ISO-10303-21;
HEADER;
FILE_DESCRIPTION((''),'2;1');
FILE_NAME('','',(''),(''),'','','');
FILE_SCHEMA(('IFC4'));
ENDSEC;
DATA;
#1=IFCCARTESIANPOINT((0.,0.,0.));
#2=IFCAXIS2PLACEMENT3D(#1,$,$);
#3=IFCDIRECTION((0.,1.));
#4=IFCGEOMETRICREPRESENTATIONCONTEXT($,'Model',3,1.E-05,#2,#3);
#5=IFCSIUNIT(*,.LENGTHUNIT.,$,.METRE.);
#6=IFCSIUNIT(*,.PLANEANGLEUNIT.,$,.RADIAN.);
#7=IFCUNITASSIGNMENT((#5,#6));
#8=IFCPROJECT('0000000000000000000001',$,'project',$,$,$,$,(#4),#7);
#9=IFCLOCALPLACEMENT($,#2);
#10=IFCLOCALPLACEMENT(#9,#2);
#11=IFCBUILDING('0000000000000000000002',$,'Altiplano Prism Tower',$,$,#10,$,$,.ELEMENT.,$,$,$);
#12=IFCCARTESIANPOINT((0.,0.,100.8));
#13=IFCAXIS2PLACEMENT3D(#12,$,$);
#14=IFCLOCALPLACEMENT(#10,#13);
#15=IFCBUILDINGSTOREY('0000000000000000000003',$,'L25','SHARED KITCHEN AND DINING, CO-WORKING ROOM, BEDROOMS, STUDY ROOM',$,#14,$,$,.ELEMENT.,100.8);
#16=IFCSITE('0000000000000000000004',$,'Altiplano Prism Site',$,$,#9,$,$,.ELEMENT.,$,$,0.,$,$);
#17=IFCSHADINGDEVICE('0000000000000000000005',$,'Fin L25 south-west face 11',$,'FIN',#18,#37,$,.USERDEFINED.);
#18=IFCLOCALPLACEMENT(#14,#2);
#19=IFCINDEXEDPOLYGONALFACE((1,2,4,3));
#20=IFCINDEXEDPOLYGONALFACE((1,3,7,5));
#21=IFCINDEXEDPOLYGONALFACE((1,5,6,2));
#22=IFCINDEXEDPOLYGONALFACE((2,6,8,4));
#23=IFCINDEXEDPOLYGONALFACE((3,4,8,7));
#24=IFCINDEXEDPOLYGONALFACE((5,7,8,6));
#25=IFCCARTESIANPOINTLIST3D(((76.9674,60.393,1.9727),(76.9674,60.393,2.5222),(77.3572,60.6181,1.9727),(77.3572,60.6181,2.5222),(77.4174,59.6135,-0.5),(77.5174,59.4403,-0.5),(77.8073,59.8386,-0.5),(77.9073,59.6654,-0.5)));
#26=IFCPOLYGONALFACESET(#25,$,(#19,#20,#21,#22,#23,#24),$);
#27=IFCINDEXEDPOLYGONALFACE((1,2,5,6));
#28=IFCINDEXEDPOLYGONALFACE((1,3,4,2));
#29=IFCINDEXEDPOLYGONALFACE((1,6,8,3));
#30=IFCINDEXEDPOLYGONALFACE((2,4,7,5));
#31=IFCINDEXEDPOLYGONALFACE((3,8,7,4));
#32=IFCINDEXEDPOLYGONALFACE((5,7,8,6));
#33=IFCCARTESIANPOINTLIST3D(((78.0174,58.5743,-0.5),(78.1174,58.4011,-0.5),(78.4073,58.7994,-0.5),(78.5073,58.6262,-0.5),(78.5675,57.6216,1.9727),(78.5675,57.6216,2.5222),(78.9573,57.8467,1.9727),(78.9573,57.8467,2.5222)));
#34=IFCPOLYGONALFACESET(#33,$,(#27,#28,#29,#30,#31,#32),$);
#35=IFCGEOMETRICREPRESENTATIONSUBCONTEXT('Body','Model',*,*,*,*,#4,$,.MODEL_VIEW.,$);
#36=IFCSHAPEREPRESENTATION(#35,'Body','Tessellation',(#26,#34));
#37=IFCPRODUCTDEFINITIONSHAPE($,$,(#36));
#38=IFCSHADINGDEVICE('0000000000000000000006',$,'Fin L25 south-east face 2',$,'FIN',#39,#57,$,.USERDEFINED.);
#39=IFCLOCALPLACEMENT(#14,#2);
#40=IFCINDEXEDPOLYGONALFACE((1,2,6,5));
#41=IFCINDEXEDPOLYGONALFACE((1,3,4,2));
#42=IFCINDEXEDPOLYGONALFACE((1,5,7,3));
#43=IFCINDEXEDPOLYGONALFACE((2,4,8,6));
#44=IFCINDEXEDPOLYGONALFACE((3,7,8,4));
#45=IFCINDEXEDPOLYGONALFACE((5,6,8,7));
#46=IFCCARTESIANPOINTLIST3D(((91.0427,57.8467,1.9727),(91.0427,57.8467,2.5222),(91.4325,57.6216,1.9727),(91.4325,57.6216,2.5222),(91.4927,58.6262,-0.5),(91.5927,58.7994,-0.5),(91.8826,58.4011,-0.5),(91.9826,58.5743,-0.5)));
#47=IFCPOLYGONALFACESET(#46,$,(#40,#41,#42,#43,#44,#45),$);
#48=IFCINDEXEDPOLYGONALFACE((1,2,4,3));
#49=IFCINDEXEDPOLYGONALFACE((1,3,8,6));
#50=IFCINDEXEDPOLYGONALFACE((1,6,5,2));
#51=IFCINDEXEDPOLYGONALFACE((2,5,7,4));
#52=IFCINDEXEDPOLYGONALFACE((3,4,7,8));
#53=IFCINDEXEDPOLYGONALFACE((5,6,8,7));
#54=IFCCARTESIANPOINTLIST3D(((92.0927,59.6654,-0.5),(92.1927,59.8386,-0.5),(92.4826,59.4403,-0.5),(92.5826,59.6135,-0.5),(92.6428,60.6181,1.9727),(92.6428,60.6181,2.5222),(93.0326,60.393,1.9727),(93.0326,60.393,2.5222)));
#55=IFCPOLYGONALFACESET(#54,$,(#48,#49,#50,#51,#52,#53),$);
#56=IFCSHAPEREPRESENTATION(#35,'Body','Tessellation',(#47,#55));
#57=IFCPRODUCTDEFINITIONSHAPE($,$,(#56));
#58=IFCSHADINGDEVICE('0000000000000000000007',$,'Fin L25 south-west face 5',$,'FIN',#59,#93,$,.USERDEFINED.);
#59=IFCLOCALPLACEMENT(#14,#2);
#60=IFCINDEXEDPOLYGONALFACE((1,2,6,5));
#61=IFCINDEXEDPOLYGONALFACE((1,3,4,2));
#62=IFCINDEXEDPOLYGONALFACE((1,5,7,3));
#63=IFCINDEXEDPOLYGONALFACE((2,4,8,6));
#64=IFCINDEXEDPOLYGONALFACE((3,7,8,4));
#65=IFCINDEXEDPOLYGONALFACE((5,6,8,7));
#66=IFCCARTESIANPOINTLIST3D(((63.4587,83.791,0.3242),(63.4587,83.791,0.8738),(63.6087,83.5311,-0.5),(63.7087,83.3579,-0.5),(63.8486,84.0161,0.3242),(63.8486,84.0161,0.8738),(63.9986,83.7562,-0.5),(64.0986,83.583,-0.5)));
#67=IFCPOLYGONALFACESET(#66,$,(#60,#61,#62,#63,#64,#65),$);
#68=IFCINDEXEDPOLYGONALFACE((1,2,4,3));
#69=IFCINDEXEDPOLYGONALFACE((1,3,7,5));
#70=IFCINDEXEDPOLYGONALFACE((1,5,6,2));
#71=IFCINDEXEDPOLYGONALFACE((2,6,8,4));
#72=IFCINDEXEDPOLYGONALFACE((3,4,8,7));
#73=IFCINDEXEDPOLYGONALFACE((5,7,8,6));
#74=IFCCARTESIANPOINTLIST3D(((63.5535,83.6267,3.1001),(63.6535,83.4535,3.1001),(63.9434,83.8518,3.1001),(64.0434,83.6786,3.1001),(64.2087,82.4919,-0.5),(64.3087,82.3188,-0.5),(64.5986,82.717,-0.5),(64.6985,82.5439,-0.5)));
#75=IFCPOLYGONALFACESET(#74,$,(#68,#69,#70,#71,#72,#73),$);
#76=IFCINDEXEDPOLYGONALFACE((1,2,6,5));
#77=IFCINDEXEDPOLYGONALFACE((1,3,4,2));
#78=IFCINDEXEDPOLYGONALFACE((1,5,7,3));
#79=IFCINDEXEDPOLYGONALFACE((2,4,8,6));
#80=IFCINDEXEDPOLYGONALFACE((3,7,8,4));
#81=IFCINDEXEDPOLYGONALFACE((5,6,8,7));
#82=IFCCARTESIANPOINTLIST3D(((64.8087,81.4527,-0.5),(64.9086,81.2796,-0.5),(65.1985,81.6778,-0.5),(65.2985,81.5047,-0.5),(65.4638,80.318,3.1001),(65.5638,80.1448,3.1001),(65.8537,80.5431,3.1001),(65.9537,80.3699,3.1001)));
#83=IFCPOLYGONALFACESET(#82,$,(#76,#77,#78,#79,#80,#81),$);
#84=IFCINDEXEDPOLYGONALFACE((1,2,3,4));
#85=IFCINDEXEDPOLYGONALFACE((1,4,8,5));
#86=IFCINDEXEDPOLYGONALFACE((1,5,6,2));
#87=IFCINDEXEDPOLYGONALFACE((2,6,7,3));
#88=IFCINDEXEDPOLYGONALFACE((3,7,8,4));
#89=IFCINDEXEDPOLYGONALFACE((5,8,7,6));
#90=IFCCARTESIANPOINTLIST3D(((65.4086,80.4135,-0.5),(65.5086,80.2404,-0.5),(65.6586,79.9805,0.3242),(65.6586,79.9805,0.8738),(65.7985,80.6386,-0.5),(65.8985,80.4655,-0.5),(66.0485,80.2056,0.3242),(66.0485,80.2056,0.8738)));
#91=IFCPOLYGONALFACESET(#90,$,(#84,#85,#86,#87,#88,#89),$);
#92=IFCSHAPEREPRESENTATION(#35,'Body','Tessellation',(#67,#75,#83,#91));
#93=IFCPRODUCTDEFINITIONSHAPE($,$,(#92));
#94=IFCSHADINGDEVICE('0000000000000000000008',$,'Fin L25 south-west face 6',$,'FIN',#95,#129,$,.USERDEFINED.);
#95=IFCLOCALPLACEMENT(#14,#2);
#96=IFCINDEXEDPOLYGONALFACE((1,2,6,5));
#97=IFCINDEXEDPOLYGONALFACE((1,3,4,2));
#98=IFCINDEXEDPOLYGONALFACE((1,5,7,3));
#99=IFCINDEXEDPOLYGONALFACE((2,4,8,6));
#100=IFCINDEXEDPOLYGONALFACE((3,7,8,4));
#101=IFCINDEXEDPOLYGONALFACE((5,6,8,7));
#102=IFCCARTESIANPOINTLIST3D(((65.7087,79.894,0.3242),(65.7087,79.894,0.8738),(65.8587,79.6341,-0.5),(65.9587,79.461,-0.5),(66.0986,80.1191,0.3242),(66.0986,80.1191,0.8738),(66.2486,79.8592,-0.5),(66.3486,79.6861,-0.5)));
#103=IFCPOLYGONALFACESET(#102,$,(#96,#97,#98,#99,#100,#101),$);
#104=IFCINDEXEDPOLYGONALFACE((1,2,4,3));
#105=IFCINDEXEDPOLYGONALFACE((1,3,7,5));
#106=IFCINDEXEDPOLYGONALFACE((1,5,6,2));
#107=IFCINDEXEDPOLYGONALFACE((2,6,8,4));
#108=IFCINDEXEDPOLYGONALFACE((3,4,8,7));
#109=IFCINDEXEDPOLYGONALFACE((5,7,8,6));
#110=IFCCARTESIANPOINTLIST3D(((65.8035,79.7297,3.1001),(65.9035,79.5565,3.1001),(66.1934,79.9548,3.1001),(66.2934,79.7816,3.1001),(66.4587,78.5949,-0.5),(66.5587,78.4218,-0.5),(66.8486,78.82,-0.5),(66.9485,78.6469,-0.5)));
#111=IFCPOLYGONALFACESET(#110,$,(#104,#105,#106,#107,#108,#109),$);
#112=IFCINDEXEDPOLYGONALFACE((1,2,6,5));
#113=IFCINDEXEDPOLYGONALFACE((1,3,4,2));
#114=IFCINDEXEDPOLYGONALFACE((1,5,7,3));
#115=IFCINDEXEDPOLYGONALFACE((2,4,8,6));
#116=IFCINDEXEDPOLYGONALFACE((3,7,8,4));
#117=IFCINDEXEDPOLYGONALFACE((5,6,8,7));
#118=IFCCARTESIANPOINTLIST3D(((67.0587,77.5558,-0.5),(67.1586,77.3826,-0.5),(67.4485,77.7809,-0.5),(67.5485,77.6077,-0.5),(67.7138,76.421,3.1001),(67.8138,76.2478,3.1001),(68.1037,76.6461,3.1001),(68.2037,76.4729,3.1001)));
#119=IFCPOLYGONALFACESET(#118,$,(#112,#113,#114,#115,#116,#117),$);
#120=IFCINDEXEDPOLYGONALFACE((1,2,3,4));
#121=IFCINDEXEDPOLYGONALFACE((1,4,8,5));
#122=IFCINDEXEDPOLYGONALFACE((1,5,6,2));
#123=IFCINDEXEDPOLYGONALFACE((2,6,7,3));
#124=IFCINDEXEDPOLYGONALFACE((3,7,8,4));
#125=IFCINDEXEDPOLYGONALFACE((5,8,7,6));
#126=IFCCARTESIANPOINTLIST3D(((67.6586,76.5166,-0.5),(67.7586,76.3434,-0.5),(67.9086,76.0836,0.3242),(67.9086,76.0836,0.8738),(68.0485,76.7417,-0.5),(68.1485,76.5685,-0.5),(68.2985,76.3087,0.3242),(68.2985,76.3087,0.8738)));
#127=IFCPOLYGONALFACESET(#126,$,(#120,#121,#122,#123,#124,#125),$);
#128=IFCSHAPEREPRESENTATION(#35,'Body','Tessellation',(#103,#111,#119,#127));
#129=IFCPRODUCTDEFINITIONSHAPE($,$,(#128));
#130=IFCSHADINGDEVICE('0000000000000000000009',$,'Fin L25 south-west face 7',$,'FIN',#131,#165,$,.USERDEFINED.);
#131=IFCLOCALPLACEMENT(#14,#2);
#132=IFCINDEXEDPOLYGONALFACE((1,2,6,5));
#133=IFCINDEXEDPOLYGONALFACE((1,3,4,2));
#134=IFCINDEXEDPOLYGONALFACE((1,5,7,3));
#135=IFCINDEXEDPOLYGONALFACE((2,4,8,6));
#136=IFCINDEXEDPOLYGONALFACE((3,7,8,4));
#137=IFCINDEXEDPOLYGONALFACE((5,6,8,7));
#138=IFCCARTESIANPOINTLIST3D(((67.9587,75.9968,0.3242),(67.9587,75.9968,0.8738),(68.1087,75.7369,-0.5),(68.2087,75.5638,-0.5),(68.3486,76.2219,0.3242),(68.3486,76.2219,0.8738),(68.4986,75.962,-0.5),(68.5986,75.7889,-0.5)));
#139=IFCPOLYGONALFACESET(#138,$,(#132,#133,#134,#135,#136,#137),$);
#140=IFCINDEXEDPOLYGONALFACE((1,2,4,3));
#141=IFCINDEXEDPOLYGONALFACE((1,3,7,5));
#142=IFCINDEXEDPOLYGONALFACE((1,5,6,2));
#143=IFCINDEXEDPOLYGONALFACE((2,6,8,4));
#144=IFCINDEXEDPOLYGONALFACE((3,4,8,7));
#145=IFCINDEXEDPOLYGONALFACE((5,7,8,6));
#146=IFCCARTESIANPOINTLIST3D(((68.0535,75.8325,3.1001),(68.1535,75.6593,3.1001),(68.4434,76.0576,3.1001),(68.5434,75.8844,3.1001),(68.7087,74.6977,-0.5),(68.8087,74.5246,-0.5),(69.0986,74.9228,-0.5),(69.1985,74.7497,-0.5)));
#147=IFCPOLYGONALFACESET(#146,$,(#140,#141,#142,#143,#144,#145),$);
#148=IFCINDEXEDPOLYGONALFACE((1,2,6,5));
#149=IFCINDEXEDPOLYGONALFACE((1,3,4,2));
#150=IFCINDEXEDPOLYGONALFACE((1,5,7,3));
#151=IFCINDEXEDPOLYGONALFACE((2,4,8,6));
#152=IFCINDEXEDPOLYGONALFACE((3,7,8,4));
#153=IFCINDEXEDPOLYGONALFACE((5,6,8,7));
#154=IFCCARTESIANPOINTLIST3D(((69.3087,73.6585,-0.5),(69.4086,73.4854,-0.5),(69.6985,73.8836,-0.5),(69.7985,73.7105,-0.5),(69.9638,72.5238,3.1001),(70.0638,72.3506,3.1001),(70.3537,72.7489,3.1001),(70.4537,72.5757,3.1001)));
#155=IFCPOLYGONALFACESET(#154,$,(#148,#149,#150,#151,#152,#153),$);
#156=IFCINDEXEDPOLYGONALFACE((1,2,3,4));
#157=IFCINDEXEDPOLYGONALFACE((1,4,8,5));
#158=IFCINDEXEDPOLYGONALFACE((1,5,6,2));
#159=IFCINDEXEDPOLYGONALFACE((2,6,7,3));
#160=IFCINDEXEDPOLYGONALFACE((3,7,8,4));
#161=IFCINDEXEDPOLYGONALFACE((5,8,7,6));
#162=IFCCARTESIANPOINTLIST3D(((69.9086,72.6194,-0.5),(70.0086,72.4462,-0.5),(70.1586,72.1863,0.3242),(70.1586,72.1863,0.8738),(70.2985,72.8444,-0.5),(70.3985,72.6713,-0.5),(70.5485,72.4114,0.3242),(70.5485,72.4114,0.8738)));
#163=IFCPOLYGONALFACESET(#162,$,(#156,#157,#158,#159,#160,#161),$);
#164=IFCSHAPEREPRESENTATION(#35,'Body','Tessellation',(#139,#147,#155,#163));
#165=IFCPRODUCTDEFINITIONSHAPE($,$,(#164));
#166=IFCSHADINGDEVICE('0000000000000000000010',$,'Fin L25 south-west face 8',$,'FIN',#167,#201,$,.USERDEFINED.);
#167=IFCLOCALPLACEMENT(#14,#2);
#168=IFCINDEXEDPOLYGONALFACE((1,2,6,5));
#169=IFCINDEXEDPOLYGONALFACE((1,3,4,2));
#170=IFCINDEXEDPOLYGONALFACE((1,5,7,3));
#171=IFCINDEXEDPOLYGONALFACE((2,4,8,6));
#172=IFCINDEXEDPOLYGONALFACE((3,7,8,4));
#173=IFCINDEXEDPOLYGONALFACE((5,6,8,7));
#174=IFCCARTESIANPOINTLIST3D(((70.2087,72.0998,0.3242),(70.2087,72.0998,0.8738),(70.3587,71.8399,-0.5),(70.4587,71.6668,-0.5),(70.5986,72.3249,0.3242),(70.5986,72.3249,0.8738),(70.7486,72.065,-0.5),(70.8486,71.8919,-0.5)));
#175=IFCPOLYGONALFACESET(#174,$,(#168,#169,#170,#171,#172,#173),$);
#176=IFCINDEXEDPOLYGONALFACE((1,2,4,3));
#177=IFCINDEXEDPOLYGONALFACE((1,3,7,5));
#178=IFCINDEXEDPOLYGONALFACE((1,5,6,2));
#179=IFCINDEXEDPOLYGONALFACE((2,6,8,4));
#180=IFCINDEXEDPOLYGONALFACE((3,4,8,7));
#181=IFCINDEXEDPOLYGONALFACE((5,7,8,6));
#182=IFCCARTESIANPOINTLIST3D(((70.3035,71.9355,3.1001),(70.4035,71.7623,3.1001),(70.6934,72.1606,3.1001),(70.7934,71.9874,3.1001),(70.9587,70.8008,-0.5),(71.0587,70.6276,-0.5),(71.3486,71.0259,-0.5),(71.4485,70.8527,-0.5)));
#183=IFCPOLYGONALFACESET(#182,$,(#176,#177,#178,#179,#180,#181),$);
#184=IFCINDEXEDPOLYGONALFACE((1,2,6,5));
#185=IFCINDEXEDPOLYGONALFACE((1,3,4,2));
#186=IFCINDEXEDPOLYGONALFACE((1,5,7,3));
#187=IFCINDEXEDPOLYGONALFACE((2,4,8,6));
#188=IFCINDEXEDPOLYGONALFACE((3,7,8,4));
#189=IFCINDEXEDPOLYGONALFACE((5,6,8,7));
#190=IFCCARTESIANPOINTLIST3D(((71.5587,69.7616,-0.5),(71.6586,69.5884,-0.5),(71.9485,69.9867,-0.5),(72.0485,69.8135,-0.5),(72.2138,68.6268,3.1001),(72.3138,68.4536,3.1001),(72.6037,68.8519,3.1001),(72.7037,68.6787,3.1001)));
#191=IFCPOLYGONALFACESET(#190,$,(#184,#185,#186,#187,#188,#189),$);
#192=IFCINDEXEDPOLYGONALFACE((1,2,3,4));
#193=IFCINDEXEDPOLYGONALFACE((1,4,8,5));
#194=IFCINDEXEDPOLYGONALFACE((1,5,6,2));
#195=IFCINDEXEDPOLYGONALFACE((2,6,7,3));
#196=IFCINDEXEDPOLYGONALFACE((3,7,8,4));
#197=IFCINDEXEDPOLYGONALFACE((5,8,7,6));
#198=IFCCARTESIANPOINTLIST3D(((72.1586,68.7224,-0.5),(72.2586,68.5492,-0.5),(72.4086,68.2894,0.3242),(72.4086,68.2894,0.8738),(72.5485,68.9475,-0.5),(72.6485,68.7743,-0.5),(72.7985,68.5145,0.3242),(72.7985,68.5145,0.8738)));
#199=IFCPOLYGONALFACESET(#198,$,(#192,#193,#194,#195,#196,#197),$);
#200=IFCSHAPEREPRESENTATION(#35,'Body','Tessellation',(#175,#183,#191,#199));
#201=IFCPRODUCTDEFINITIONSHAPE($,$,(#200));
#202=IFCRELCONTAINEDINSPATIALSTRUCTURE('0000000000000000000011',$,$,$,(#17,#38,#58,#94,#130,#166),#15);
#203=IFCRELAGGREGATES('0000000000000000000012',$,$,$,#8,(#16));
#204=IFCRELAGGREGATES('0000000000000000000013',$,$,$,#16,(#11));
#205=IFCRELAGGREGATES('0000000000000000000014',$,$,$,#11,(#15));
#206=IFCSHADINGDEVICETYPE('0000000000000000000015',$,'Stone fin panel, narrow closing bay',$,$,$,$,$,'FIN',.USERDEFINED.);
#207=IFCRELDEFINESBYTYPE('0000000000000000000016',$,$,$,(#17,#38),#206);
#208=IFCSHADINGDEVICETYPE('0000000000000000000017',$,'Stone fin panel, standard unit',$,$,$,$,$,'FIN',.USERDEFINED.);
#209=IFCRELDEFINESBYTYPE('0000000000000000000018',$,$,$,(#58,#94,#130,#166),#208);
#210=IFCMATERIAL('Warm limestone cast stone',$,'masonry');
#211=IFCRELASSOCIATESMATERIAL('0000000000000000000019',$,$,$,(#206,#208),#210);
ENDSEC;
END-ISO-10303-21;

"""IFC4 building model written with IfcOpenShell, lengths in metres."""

from ifc_helpers import new_model, si_unit, direction, frame, origin, place, context, subcontext, project, spatial, polyline, outline, extrude, source, transform, mapped, material, type_object, element, save


model = new_model("IFC4")

# Units and contexts
model_context = context("Model", 3, precision=1e-05, world=origin(), true_north=direction((0.0, 1.0)))
body_context = subcontext(model_context, "Body", "Model", "MODEL_VIEW")
ifc_project = project(units=[si_unit("LENGTHUNIT", "METRE"), si_unit("PLANEANGLEUNIT", "RADIAN")], contexts=[model_context])

# Site, building, storey
site_placement = place(None, origin())
site = spatial("IfcSite", under=ifc_project, at=site_placement, Name="Altiplano Prism Site", CompositionType="ELEMENT", RefElevation=0.0)
building_placement = place(site_placement, origin())
building = spatial("IfcBuilding", under=site, at=building_placement, Name="Altiplano Prism Tower", CompositionType="ELEMENT")
storey_placement = place(building_placement, frame((0.0, 0.0, 100.8)))
storey = spatial("IfcBuildingStorey", under=building, at=storey_placement, Name="L25", Description="SHARED KITCHEN AND DINING, CO-WORKING ROOM, BEDROOMS, STUDY ROOM", CompositionType="ELEMENT", Elevation=100.8)

# Shading devices
ifc_material_1 = material(Name="Warm limestone cast stone", Category="masonry")
shading_device_type_1 = type_object("IfcShadingDeviceType", Name="Stone fin panel, narrow closing bay", ElementType="FIN", PredefinedType="USERDEFINED", material=ifc_material_1)
shared_shape_1 = source(origin(), body_context, "Body", "SweptSolid", [
    extrude(outline(polyline([(-1.6001, 3.0222), (-1.6001, 2.4727), (-0.7, 0.0), (-0.5, 0.0), (-1.6001, 3.0222)])), frame((0.0, -0.1499, 0.0), z_axis=(0.0, -1.0, 0.0), x_axis=(1.0, 0.0, 0.0)), (0.0, 0.0, 1.0), 0.4502),
    extrude(outline(polyline([(1.6001, 2.4727), (1.6001, 3.0222), (0.5, 0.0), (0.7, 0.0), (1.6001, 2.4727)])), frame((0.0, -0.1499, 0.0), z_axis=(0.0, -1.0, 0.0), x_axis=(1.0, 0.0, 0.0)), (0.0, 0.0, 1.0), 0.4502),
])
shading_device_1_placement = place(storey_placement, origin())
element("IfcShadingDevice", 1, at=shading_device_1_placement, inside=storey, type_object=shading_device_type_1, Name="Fin L25 south-west face 11", ObjectType="FIN", PredefinedType="USERDEFINED", context=body_context, shape_type="MappedRepresentation", body=[
    mapped(shared_shape_1, transform((78.2871, 59.3074, -0.5), x_axis=(0.5, -0.866025, 0.0), y_axis=(0.866025, 0.5, 0.0), z_axis=(0.0, 0.0, 1.0))),
])
shading_device_2_placement = place(storey_placement, origin())
element("IfcShadingDevice", 2, at=shading_device_2_placement, inside=storey, type_object=shading_device_type_1, Name="Fin L25 south-east face 2", ObjectType="FIN", PredefinedType="USERDEFINED", context=body_context, shape_type="MappedRepresentation", body=[
    mapped(shared_shape_1, transform((91.7129, 59.3074, -0.5), x_axis=(0.5, 0.866025, 0.0), y_axis=(-0.866025, 0.5, 0.0), z_axis=(0.0, 0.0, 1.0))),
])
shading_device_type_2 = type_object("IfcShadingDeviceType", Name="Stone fin panel, standard unit", ElementType="FIN", PredefinedType="USERDEFINED", material=ifc_material_1)
shared_shape_2 = source(origin(), body_context, "Body", "SweptSolid", [
    extrude(outline(polyline([(-2.2, 1.3738), (-2.2, 0.8242), (-1.8999, 0.0), (-1.7, 0.0), (-2.2, 1.3738)])), frame((0.0, -0.1499, 0.0), z_axis=(0.0, -1.0, 0.0), x_axis=(1.0, 0.0, 0.0)), (0.0, 0.0, 1.0), 0.4502),
    extrude(outline(polyline([(-2.0103, 3.6001), (-0.7, 0.0), (-0.5, 0.0), (-1.8103, 3.6001), (-2.0103, 3.6001)])), frame((0.0, -0.1499, 0.0), z_axis=(0.0, -1.0, 0.0), x_axis=(1.0, 0.0, 0.0)), (0.0, 0.0, 1.0), 0.4502),
    extrude(outline(polyline([(1.8103, 3.6001), (0.5, 0.0), (0.7, 0.0), (2.0103, 3.6001), (1.8103, 3.6001)])), frame((0.0, -0.1499, 0.0), z_axis=(0.0, -1.0, 0.0), x_axis=(1.0, 0.0, 0.0)), (0.0, 0.0, 1.0), 0.4502),
    extrude(outline(polyline([(2.2, 0.8242), (2.2, 1.3738), (1.7, 0.0), (1.8999, 0.0), (2.2, 0.8242)])), frame((0.0, -0.1499, 0.0), z_axis=(0.0, -1.0, 0.0), x_axis=(1.0, 0.0, 0.0)), (0.0, 0.0, 1.0), 0.4502),
])
shading_device_3_placement = place(storey_placement, origin())
element("IfcShadingDevice", 3, at=shading_device_3_placement, inside=storey, type_object=shading_device_type_2, Name="Fin L25 south-west face 5", ObjectType="FIN", PredefinedType="USERDEFINED", context=body_context, shape_type="MappedRepresentation", body=[
    mapped(shared_shape_2, transform((65.0784, 82.1858, -0.5), x_axis=(0.5, -0.866025, 0.0), y_axis=(0.866025, 0.5, 0.0), z_axis=(0.0, 0.0, 1.0))),
])
shading_device_4_placement = place(storey_placement, origin())
element("IfcShadingDevice", 4, at=shading_device_4_placement, inside=storey, type_object=shading_device_type_2, Name="Fin L25 south-west face 6", ObjectType="FIN", PredefinedType="USERDEFINED", context=body_context, shape_type="MappedRepresentation", body=[
    mapped(shared_shape_2, transform((67.3284, 78.2888, -0.5), x_axis=(0.5, -0.866025, 0.0), y_axis=(0.866025, 0.5, 0.0), z_axis=(0.0, 0.0, 1.0))),
])
shading_device_5_placement = place(storey_placement, origin())
element("IfcShadingDevice", 5, at=shading_device_5_placement, inside=storey, type_object=shading_device_type_2, Name="Fin L25 south-west face 7", ObjectType="FIN", PredefinedType="USERDEFINED", context=body_context, shape_type="MappedRepresentation", body=[
    mapped(shared_shape_2, transform((69.5784, 74.3916, -0.5), x_axis=(0.5, -0.866025, 0.0), y_axis=(0.866025, 0.5, 0.0), z_axis=(0.0, 0.0, 1.0))),
])
shading_device_6_placement = place(storey_placement, origin())
element("IfcShadingDevice", 6, at=shading_device_6_placement, inside=storey, type_object=shading_device_type_2, Name="Fin L25 south-west face 8", ObjectType="FIN", PredefinedType="USERDEFINED", context=body_context, shape_type="MappedRepresentation", body=[
    mapped(shared_shape_2, transform((71.8284, 70.4946, -0.5), x_axis=(0.5, -0.866025, 0.0), y_axis=(0.866025, 0.5, 0.0), z_axis=(0.0, 0.0, 1.0))),
])

save(model, "model.ifc")
